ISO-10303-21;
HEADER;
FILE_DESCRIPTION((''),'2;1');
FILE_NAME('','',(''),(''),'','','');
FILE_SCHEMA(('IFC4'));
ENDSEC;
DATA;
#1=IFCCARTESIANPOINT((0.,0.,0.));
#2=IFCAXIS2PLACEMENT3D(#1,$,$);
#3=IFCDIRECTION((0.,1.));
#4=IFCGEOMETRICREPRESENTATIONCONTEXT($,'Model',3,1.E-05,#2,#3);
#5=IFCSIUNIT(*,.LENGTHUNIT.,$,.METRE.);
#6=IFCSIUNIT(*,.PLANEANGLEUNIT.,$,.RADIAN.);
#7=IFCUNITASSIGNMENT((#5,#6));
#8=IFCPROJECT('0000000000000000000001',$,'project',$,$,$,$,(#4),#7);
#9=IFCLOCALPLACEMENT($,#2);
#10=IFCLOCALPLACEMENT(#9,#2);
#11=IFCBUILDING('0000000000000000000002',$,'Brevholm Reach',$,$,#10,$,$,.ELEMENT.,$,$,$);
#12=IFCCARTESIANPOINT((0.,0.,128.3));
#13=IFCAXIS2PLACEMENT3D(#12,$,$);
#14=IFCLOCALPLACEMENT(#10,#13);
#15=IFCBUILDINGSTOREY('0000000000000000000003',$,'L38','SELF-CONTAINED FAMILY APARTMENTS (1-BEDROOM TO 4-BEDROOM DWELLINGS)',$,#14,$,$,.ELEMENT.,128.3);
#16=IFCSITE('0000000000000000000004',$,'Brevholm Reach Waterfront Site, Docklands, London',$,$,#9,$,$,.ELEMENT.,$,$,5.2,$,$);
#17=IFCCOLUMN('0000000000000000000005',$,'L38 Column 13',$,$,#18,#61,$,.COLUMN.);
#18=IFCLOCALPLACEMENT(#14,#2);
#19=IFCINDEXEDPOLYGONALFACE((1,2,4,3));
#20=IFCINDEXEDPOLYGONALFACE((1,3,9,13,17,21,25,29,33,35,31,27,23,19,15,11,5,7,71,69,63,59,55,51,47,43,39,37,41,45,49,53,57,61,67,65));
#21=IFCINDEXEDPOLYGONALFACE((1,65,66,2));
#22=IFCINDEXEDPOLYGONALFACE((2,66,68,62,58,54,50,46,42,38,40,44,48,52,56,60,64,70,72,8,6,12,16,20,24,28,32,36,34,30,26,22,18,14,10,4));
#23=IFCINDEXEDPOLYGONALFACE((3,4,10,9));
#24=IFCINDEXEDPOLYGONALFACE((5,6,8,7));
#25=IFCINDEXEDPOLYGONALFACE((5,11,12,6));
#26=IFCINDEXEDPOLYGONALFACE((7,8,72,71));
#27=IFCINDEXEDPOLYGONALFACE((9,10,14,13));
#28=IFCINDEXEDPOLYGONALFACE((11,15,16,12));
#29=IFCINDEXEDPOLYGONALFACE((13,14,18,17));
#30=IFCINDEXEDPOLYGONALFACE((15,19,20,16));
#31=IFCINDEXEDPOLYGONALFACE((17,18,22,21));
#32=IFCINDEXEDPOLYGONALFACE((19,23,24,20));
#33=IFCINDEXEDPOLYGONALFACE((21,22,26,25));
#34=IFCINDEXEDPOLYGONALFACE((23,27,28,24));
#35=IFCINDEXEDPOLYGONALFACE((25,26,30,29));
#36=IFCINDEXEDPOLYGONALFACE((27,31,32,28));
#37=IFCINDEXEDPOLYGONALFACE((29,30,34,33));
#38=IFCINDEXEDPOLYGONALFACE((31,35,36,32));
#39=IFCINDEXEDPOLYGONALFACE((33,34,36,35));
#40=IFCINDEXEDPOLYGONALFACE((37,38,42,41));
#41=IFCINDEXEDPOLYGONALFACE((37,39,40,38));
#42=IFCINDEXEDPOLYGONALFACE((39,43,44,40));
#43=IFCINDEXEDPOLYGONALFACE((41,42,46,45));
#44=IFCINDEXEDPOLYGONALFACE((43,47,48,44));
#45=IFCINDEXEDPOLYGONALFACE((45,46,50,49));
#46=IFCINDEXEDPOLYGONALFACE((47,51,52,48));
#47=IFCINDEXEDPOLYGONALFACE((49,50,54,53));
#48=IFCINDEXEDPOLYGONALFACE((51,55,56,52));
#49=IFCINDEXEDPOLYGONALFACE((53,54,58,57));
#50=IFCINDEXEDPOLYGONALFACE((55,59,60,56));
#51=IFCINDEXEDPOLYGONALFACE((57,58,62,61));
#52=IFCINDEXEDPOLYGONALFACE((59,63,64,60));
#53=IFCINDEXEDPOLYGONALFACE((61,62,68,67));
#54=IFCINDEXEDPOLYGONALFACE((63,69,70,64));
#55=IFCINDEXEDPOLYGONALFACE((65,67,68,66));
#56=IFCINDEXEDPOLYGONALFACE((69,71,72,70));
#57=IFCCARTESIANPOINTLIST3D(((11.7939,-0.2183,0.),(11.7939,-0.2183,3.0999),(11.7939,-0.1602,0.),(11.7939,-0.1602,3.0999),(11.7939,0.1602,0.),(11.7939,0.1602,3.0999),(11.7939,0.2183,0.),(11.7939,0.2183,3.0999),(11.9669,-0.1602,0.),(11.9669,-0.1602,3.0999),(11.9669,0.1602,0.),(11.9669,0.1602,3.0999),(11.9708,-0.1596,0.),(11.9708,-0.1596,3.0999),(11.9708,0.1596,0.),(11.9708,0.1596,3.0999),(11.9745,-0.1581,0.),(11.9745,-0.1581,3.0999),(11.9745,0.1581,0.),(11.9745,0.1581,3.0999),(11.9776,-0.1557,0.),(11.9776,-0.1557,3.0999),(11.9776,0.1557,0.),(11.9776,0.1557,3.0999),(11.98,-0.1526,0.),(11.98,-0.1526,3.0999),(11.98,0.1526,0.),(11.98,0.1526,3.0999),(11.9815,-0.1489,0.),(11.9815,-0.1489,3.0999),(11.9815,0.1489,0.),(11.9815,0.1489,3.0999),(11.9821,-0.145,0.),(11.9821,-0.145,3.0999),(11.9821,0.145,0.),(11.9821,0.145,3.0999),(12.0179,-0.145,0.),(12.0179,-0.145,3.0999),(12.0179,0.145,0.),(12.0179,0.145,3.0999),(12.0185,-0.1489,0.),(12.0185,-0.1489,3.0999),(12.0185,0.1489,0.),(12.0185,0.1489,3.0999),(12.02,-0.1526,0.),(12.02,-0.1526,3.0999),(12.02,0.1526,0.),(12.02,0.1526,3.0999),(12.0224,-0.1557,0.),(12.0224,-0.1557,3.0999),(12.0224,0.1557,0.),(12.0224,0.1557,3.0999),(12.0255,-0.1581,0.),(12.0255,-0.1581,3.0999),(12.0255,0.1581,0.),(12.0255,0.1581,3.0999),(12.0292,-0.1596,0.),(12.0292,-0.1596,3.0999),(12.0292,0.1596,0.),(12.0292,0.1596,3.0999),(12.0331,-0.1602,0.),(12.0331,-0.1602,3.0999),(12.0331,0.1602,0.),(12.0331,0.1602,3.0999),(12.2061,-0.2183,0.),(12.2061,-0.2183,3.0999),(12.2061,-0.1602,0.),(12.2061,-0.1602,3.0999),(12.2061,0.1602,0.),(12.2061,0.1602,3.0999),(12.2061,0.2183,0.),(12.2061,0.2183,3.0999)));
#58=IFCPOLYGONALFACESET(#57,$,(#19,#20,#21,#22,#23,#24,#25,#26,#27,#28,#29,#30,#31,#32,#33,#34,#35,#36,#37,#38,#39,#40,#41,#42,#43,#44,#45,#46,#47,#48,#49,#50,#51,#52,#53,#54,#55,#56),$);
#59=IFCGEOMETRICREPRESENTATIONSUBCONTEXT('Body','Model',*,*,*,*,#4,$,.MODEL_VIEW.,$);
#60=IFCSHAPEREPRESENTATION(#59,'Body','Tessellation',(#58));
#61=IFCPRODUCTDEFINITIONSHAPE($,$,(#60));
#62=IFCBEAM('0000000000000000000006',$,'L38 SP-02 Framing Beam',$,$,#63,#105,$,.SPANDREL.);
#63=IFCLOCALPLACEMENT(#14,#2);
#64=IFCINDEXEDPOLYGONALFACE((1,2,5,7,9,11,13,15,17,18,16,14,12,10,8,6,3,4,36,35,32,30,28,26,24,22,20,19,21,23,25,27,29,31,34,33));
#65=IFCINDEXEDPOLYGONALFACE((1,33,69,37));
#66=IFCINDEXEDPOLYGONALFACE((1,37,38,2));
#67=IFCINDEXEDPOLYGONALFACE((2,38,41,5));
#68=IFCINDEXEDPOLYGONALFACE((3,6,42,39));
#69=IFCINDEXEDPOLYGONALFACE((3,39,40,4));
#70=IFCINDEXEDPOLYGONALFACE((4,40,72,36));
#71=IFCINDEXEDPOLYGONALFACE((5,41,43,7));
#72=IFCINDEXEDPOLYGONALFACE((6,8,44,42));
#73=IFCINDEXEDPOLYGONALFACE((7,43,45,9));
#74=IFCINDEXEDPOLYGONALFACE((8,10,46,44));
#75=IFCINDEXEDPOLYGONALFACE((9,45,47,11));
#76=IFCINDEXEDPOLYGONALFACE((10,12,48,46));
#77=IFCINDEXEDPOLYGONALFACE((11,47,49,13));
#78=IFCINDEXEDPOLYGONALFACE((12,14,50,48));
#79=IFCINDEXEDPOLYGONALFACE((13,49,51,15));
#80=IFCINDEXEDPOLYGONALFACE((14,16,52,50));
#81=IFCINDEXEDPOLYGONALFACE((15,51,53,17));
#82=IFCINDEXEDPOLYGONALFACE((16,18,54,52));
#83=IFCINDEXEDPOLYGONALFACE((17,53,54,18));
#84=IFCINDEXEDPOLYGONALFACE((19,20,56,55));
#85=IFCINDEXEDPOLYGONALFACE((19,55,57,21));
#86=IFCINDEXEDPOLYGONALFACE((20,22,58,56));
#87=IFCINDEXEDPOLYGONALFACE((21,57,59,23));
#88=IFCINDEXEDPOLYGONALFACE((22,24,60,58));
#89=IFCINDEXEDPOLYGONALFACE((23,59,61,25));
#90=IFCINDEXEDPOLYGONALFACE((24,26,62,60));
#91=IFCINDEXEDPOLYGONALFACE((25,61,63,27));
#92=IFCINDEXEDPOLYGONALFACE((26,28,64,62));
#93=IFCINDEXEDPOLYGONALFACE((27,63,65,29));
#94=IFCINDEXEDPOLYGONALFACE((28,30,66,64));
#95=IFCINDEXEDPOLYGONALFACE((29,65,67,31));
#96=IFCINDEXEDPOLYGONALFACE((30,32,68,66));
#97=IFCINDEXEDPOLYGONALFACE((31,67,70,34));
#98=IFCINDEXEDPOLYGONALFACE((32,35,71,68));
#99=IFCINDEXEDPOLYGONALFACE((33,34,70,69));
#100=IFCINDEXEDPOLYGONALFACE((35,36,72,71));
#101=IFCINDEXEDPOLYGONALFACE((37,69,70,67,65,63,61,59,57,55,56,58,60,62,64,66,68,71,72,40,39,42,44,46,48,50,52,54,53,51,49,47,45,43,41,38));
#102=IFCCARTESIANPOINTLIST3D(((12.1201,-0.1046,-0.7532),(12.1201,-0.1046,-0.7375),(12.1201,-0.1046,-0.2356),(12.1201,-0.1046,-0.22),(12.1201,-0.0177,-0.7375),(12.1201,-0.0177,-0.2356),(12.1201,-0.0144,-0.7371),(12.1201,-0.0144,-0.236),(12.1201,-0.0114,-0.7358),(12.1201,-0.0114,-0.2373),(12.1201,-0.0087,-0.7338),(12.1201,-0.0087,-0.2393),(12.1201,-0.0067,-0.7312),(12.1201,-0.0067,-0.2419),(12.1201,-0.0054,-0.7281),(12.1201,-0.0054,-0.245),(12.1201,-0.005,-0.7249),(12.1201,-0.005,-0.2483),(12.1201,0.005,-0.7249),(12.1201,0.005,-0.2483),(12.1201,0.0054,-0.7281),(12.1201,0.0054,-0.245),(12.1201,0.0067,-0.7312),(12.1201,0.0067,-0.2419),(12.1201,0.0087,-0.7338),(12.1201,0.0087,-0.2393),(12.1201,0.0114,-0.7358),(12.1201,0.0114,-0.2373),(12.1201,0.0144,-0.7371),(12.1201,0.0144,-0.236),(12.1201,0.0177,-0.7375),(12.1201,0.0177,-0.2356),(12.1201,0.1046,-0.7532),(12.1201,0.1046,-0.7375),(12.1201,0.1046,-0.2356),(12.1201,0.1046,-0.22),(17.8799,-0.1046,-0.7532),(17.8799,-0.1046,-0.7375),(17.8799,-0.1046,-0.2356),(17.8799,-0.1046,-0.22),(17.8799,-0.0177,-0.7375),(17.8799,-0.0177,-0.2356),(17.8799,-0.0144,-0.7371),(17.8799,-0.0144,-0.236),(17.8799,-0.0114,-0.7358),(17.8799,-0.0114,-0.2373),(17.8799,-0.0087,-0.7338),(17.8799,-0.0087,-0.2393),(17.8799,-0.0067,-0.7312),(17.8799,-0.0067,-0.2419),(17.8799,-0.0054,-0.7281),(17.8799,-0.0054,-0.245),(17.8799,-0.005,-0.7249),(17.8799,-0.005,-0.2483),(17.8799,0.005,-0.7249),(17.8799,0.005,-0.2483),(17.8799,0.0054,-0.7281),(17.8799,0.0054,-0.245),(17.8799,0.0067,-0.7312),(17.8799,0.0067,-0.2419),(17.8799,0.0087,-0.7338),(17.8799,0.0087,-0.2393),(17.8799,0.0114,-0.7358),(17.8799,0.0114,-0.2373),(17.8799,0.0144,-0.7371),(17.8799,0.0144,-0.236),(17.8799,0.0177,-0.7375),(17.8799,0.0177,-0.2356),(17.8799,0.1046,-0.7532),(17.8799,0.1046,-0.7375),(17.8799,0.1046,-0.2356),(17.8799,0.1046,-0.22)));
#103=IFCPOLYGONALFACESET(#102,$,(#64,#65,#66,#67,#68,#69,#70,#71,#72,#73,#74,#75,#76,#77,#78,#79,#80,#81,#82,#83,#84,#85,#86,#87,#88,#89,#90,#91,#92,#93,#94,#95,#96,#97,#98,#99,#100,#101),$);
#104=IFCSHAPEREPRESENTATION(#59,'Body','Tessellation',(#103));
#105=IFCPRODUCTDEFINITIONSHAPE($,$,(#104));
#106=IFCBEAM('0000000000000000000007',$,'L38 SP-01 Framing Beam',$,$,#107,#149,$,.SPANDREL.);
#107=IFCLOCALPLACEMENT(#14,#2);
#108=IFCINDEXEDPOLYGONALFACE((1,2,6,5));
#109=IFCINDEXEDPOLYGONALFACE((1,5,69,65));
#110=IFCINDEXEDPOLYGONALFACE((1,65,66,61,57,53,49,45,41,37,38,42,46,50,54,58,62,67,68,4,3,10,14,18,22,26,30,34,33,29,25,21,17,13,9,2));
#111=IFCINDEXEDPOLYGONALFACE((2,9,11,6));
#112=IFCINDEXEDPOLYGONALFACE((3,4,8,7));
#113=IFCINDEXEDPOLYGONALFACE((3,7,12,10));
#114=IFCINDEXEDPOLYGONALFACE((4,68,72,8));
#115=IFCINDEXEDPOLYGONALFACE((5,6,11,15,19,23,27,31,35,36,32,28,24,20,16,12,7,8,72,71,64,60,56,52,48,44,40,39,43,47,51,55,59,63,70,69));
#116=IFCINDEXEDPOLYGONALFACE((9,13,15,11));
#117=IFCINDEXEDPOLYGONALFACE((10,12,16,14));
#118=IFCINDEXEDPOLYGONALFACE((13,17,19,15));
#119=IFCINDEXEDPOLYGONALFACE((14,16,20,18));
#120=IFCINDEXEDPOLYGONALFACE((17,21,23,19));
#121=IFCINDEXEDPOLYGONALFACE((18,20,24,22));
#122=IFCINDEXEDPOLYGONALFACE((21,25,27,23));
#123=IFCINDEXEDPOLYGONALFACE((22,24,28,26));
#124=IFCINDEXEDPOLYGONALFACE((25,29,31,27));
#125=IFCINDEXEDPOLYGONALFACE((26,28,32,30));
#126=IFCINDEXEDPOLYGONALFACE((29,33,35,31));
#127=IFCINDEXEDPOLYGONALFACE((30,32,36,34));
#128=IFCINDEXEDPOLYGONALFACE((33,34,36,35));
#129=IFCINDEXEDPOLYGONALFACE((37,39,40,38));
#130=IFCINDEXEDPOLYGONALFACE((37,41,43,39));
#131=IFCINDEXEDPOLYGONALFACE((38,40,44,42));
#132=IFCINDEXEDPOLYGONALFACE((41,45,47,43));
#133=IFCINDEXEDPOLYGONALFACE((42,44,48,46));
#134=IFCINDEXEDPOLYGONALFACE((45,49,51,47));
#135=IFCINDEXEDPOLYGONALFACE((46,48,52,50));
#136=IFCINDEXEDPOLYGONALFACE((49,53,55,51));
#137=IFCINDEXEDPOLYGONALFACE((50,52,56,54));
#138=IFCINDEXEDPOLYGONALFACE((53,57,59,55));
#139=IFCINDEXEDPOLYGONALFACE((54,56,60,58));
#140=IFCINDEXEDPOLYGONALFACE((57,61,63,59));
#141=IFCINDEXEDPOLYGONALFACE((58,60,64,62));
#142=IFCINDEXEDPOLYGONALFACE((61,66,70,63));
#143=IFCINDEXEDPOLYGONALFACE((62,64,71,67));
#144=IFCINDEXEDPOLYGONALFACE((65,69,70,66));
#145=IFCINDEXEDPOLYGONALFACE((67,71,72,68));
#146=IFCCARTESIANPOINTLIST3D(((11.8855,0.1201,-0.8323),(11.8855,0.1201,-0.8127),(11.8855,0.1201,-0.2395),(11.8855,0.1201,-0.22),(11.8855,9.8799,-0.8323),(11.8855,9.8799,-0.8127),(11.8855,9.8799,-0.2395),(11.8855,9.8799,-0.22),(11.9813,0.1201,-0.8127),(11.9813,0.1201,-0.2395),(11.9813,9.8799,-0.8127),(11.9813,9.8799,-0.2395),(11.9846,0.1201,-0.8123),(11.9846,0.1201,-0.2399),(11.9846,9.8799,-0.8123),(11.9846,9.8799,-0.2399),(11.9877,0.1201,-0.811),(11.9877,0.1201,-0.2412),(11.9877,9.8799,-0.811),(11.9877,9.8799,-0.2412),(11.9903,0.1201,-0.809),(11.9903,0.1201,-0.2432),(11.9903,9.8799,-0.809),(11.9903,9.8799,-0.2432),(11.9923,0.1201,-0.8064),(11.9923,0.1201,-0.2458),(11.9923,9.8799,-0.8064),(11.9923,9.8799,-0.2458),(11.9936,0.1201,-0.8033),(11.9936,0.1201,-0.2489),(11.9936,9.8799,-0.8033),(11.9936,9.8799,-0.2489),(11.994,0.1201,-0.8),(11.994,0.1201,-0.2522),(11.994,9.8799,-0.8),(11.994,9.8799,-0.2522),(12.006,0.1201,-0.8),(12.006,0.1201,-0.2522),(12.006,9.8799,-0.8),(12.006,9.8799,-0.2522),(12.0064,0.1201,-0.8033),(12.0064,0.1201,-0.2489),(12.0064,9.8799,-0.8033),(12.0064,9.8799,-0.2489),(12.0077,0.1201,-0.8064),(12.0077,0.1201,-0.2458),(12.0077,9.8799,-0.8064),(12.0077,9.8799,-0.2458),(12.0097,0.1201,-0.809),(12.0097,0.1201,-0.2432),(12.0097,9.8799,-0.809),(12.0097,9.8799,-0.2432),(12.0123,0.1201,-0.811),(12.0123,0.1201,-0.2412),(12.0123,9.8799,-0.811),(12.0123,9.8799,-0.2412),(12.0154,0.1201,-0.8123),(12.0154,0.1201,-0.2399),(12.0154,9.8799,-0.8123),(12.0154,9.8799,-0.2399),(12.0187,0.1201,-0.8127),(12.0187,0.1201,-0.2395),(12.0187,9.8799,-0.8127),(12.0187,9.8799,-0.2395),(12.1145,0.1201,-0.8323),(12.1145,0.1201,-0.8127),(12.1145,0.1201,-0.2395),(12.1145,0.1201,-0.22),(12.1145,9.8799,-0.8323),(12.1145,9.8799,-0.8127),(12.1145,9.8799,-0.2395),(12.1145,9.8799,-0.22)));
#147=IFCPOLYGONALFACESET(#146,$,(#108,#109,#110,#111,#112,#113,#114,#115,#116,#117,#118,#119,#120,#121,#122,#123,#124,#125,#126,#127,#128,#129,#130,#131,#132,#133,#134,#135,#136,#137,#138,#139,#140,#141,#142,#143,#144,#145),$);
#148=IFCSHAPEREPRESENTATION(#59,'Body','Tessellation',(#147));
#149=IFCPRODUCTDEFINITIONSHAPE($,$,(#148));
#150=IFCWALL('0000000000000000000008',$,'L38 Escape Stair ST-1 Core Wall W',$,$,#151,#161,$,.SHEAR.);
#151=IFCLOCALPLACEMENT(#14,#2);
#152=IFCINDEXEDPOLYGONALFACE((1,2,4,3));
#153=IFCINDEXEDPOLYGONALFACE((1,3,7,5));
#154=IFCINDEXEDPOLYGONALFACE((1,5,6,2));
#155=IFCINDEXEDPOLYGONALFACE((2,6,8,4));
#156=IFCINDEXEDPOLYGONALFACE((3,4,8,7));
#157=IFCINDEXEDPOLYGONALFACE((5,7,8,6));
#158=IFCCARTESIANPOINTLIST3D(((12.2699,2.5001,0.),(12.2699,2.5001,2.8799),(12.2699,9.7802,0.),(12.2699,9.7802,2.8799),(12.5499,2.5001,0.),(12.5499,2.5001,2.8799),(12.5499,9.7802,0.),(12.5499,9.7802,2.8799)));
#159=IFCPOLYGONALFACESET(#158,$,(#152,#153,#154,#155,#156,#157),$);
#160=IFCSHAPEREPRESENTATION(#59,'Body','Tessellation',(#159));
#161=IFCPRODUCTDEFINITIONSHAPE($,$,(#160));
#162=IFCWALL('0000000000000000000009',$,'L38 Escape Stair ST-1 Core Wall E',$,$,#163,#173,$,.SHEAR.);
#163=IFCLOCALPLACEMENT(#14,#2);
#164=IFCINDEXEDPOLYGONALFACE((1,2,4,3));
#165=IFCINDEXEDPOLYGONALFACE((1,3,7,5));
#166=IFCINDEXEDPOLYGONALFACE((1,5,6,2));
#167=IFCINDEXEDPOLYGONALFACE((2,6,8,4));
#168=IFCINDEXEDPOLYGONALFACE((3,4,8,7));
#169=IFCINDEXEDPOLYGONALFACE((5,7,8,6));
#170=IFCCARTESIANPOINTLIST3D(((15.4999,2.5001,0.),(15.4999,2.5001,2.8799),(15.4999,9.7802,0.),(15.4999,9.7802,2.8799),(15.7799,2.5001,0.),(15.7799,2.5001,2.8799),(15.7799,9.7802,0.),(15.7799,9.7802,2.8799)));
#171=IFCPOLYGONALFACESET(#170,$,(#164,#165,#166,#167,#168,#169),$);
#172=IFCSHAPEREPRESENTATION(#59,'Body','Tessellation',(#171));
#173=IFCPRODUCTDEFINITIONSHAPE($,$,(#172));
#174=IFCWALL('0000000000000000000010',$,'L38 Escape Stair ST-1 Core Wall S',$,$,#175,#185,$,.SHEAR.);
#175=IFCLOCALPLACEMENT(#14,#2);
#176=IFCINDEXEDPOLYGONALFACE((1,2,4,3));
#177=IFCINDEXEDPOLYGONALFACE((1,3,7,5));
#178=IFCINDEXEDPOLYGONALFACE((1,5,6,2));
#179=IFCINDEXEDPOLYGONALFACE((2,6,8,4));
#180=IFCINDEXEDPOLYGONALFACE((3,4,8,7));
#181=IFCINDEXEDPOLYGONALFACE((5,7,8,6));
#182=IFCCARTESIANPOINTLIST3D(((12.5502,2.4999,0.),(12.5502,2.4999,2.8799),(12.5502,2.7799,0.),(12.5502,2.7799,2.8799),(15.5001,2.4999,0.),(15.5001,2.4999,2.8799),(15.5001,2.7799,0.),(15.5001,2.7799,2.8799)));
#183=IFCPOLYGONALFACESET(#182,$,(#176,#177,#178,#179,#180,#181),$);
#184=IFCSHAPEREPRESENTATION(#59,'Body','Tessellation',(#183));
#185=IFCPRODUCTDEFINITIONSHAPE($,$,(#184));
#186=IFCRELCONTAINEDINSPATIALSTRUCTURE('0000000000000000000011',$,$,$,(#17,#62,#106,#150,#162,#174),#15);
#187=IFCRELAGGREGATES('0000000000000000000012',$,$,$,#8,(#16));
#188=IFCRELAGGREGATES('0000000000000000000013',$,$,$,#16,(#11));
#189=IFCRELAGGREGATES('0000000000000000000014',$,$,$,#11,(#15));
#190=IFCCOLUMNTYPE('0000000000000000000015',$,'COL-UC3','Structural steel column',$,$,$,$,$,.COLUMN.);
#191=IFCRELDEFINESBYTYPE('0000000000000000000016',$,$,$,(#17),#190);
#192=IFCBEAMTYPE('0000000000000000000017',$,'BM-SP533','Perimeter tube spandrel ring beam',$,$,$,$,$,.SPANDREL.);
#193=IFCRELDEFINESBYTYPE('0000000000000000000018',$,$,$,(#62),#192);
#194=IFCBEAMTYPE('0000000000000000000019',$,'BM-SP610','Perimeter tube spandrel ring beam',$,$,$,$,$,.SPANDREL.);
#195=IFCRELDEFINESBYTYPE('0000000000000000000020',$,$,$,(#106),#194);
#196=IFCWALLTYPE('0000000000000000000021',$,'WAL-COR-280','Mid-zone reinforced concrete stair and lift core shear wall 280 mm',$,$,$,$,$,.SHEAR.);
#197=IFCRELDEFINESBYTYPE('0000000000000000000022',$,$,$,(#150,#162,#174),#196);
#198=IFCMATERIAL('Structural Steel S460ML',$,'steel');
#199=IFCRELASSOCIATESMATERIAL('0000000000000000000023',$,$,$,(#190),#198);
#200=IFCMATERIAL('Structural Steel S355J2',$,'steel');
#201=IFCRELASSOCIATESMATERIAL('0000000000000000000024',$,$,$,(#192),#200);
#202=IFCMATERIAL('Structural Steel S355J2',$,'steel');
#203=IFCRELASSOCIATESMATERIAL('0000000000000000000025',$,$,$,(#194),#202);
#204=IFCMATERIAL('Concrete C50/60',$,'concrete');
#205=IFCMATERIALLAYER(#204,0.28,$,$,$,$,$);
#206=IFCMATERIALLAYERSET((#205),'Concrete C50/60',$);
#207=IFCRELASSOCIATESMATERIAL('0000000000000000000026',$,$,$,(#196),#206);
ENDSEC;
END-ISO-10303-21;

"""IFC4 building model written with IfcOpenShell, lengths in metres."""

from ifc_helpers import new_model, si_unit, direction, frame, frame_2d, origin, origin_2d, place, context, subcontext, project, spatial, rectangle, i_section, extrude, material, layer, layer_set, material_profile, profile_set, type_object, element, save


model = new_model("IFC4")

# Units and contexts
model_context = context("Model", 3, precision=1e-05, world=origin(), true_north=direction((0.0, 1.0)))
body_context = subcontext(model_context, "Body", "Model", "MODEL_VIEW")
ifc_project = project(units=[si_unit("LENGTHUNIT", "METRE"), si_unit("PLANEANGLEUNIT", "RADIAN")], contexts=[model_context])

# Site, building, storey
site_placement = place(None, origin())
site = spatial("IfcSite", under=ifc_project, at=site_placement, Name="Brevholm Reach Waterfront Site, Docklands, London", CompositionType="ELEMENT", RefElevation=5.2)
building_placement = place(site_placement, origin())
building = spatial("IfcBuilding", under=site, at=building_placement, Name="Brevholm Reach", CompositionType="ELEMENT")
storey_placement = place(building_placement, frame((0.0, 0.0, 128.3)))
storey = spatial("IfcBuildingStorey", under=building, at=storey_placement, Name="L38", Description="SELF-CONTAINED FAMILY APARTMENTS (1-BEDROOM TO 4-BEDROOM DWELLINGS)", CompositionType="ELEMENT", Elevation=128.3)

# Column
ifc_material_1 = material(Name="Structural Steel S460ML", Category="steel")
ifc_material_profile_1 = material_profile(ifc_material_1, i_section(OverallWidth=0.4121, OverallDepth=0.4365, WebThickness=0.0359, FlangeThickness=0.0581, FilletRadius=0.0151, at=origin_2d()), Name="UKC 356x406x467")
ifc_profile_set_1 = profile_set([ifc_material_profile_1], Name="Structural Steel S460ML")
column_type = type_object("IfcColumnType", Name="COL-UC3", Description="Structural steel column", PredefinedType="COLUMN", material=ifc_profile_set_1)
column_placement = place(storey_placement, frame((12.0, 0.0, 0.0), z_axis=(0.0, 0.0, 1.0), x_axis=(1.0, 0.0, 0.0)))
element("IfcColumn", 1, at=column_placement, inside=storey, type_object=column_type, Name="L38 Column 13", PredefinedType="COLUMN", context=body_context, shape_type="SweptSolid", body=[
    extrude(i_section(OverallWidth=0.4121, OverallDepth=0.4365, WebThickness=0.0359, FlangeThickness=0.0581, FilletRadius=0.0151, at=origin_2d()), origin(), (0.0, 0.0, 1.0), 3.0999),
])

# Beams
ifc_material_2 = material(Name="Structural Steel S355J2", Category="steel")
ifc_material_profile_2 = material_profile(ifc_material_2, i_section(OverallWidth=0.2092, OverallDepth=0.5332, WebThickness=0.01, FlangeThickness=0.0156, FilletRadius=0.0127, at=origin_2d()), Name="UKB 533x210x92")
ifc_profile_set_2 = profile_set([ifc_material_profile_2], Name="Structural Steel S355J2")
beam_type_1 = type_object("IfcBeamType", Name="BM-SP533", Description="Perimeter tube spandrel ring beam", PredefinedType="SPANDREL", material=ifc_profile_set_2)
beam_1_placement = place(storey_placement, frame((12.1201, 0.0, -0.4866), z_axis=(1.0, 0.0, 0.0), x_axis=(0.0, 1.0, 0.0)))
element("IfcBeam", 2, at=beam_1_placement, inside=storey, type_object=beam_type_1, Name="L38 SP-02 Framing Beam", PredefinedType="SPANDREL", context=body_context, shape_type="SweptSolid", body=[
    extrude(i_section(OverallWidth=0.2092, OverallDepth=0.5332, WebThickness=0.01, FlangeThickness=0.0156, FilletRadius=0.0127, at=origin_2d()), origin(), (0.0, 0.0, 1.0), 5.7598),
])
ifc_material_3 = material(Name="Structural Steel S355J2", Category="steel")
ifc_material_profile_3 = material_profile(ifc_material_3, i_section(OverallWidth=0.229, OverallDepth=0.6123, WebThickness=0.012, FlangeThickness=0.0195, FilletRadius=0.0127, at=origin_2d()), Name="UKB 610x229x125")
ifc_profile_set_3 = profile_set([ifc_material_profile_3], Name="Structural Steel S355J2")
beam_type_2 = type_object("IfcBeamType", Name="BM-SP610", Description="Perimeter tube spandrel ring beam", PredefinedType="SPANDREL", material=ifc_profile_set_3)
beam_2_placement = place(storey_placement, frame((12.0, 0.1201, -0.5261), z_axis=(0.0, 1.0, 0.0), x_axis=(-1.0, 0.0, 0.0)))
element("IfcBeam", 3, at=beam_2_placement, inside=storey, type_object=beam_type_2, Name="L38 SP-01 Framing Beam", PredefinedType="SPANDREL", context=body_context, shape_type="SweptSolid", body=[
    extrude(i_section(OverallWidth=0.229, OverallDepth=0.6123, WebThickness=0.012, FlangeThickness=0.0195, FilletRadius=0.0127, at=origin_2d()), origin(), (0.0, 0.0, 1.0), 9.7598),
])

# Walls
ifc_material_4 = material(Name="Concrete C50/60", Category="concrete")
ifc_layer_1 = layer(ifc_material_4, 0.28)
ifc_layer_set_1 = layer_set([ifc_layer_1], Name="Concrete C50/60")
wall_type_1 = type_object("IfcWallType", Name="WAL-COR-280", Description="Mid-zone reinforced concrete stair and lift core shear wall 280 mm", PredefinedType="SHEAR", material=ifc_layer_set_1)
for number, where, z_axis, x_axis, name in (
    (4, (12.4099, 2.5, 0.0), (0.0, 0.0, 1.0), (0.0, 1.0, 0.0), "L38 Escape Stair ST-1 Core Wall W"),
    (5, (15.6399, 2.5, 0.0), (0.0, 0.0, 1.0), (0.0, 1.0, 0.0), "L38 Escape Stair ST-1 Core Wall E"),
):
    element("IfcWall", number, at=place(storey_placement, frame(where, z_axis=z_axis, x_axis=x_axis)), inside=storey, type_object=wall_type_1, Name=name, PredefinedType="SHEAR", context=body_context, shape_type="SweptSolid", body=[
        extrude(rectangle(XDim=7.28, YDim=0.28, at=frame_2d((3.6401, 0.0))), origin(), (0.0, 0.0, 1.0), 2.8799),
    ])
wall_1_placement = place(storey_placement, frame((12.55, 2.6399, 0.0), z_axis=(0.0, 0.0, 1.0), x_axis=(1.0, 0.0, 0.0)))
element("IfcWall", 6, at=wall_1_placement, inside=storey, type_object=wall_type_1, Name="L38 Escape Stair ST-1 Core Wall S", PredefinedType="SHEAR", context=body_context, shape_type="SweptSolid", body=[
    extrude(rectangle(XDim=2.95, YDim=0.28, at=frame_2d((1.4751, 0.0))), origin(), (0.0, 0.0, 1.0), 2.8799),
])

save(model, "model.ifc")
